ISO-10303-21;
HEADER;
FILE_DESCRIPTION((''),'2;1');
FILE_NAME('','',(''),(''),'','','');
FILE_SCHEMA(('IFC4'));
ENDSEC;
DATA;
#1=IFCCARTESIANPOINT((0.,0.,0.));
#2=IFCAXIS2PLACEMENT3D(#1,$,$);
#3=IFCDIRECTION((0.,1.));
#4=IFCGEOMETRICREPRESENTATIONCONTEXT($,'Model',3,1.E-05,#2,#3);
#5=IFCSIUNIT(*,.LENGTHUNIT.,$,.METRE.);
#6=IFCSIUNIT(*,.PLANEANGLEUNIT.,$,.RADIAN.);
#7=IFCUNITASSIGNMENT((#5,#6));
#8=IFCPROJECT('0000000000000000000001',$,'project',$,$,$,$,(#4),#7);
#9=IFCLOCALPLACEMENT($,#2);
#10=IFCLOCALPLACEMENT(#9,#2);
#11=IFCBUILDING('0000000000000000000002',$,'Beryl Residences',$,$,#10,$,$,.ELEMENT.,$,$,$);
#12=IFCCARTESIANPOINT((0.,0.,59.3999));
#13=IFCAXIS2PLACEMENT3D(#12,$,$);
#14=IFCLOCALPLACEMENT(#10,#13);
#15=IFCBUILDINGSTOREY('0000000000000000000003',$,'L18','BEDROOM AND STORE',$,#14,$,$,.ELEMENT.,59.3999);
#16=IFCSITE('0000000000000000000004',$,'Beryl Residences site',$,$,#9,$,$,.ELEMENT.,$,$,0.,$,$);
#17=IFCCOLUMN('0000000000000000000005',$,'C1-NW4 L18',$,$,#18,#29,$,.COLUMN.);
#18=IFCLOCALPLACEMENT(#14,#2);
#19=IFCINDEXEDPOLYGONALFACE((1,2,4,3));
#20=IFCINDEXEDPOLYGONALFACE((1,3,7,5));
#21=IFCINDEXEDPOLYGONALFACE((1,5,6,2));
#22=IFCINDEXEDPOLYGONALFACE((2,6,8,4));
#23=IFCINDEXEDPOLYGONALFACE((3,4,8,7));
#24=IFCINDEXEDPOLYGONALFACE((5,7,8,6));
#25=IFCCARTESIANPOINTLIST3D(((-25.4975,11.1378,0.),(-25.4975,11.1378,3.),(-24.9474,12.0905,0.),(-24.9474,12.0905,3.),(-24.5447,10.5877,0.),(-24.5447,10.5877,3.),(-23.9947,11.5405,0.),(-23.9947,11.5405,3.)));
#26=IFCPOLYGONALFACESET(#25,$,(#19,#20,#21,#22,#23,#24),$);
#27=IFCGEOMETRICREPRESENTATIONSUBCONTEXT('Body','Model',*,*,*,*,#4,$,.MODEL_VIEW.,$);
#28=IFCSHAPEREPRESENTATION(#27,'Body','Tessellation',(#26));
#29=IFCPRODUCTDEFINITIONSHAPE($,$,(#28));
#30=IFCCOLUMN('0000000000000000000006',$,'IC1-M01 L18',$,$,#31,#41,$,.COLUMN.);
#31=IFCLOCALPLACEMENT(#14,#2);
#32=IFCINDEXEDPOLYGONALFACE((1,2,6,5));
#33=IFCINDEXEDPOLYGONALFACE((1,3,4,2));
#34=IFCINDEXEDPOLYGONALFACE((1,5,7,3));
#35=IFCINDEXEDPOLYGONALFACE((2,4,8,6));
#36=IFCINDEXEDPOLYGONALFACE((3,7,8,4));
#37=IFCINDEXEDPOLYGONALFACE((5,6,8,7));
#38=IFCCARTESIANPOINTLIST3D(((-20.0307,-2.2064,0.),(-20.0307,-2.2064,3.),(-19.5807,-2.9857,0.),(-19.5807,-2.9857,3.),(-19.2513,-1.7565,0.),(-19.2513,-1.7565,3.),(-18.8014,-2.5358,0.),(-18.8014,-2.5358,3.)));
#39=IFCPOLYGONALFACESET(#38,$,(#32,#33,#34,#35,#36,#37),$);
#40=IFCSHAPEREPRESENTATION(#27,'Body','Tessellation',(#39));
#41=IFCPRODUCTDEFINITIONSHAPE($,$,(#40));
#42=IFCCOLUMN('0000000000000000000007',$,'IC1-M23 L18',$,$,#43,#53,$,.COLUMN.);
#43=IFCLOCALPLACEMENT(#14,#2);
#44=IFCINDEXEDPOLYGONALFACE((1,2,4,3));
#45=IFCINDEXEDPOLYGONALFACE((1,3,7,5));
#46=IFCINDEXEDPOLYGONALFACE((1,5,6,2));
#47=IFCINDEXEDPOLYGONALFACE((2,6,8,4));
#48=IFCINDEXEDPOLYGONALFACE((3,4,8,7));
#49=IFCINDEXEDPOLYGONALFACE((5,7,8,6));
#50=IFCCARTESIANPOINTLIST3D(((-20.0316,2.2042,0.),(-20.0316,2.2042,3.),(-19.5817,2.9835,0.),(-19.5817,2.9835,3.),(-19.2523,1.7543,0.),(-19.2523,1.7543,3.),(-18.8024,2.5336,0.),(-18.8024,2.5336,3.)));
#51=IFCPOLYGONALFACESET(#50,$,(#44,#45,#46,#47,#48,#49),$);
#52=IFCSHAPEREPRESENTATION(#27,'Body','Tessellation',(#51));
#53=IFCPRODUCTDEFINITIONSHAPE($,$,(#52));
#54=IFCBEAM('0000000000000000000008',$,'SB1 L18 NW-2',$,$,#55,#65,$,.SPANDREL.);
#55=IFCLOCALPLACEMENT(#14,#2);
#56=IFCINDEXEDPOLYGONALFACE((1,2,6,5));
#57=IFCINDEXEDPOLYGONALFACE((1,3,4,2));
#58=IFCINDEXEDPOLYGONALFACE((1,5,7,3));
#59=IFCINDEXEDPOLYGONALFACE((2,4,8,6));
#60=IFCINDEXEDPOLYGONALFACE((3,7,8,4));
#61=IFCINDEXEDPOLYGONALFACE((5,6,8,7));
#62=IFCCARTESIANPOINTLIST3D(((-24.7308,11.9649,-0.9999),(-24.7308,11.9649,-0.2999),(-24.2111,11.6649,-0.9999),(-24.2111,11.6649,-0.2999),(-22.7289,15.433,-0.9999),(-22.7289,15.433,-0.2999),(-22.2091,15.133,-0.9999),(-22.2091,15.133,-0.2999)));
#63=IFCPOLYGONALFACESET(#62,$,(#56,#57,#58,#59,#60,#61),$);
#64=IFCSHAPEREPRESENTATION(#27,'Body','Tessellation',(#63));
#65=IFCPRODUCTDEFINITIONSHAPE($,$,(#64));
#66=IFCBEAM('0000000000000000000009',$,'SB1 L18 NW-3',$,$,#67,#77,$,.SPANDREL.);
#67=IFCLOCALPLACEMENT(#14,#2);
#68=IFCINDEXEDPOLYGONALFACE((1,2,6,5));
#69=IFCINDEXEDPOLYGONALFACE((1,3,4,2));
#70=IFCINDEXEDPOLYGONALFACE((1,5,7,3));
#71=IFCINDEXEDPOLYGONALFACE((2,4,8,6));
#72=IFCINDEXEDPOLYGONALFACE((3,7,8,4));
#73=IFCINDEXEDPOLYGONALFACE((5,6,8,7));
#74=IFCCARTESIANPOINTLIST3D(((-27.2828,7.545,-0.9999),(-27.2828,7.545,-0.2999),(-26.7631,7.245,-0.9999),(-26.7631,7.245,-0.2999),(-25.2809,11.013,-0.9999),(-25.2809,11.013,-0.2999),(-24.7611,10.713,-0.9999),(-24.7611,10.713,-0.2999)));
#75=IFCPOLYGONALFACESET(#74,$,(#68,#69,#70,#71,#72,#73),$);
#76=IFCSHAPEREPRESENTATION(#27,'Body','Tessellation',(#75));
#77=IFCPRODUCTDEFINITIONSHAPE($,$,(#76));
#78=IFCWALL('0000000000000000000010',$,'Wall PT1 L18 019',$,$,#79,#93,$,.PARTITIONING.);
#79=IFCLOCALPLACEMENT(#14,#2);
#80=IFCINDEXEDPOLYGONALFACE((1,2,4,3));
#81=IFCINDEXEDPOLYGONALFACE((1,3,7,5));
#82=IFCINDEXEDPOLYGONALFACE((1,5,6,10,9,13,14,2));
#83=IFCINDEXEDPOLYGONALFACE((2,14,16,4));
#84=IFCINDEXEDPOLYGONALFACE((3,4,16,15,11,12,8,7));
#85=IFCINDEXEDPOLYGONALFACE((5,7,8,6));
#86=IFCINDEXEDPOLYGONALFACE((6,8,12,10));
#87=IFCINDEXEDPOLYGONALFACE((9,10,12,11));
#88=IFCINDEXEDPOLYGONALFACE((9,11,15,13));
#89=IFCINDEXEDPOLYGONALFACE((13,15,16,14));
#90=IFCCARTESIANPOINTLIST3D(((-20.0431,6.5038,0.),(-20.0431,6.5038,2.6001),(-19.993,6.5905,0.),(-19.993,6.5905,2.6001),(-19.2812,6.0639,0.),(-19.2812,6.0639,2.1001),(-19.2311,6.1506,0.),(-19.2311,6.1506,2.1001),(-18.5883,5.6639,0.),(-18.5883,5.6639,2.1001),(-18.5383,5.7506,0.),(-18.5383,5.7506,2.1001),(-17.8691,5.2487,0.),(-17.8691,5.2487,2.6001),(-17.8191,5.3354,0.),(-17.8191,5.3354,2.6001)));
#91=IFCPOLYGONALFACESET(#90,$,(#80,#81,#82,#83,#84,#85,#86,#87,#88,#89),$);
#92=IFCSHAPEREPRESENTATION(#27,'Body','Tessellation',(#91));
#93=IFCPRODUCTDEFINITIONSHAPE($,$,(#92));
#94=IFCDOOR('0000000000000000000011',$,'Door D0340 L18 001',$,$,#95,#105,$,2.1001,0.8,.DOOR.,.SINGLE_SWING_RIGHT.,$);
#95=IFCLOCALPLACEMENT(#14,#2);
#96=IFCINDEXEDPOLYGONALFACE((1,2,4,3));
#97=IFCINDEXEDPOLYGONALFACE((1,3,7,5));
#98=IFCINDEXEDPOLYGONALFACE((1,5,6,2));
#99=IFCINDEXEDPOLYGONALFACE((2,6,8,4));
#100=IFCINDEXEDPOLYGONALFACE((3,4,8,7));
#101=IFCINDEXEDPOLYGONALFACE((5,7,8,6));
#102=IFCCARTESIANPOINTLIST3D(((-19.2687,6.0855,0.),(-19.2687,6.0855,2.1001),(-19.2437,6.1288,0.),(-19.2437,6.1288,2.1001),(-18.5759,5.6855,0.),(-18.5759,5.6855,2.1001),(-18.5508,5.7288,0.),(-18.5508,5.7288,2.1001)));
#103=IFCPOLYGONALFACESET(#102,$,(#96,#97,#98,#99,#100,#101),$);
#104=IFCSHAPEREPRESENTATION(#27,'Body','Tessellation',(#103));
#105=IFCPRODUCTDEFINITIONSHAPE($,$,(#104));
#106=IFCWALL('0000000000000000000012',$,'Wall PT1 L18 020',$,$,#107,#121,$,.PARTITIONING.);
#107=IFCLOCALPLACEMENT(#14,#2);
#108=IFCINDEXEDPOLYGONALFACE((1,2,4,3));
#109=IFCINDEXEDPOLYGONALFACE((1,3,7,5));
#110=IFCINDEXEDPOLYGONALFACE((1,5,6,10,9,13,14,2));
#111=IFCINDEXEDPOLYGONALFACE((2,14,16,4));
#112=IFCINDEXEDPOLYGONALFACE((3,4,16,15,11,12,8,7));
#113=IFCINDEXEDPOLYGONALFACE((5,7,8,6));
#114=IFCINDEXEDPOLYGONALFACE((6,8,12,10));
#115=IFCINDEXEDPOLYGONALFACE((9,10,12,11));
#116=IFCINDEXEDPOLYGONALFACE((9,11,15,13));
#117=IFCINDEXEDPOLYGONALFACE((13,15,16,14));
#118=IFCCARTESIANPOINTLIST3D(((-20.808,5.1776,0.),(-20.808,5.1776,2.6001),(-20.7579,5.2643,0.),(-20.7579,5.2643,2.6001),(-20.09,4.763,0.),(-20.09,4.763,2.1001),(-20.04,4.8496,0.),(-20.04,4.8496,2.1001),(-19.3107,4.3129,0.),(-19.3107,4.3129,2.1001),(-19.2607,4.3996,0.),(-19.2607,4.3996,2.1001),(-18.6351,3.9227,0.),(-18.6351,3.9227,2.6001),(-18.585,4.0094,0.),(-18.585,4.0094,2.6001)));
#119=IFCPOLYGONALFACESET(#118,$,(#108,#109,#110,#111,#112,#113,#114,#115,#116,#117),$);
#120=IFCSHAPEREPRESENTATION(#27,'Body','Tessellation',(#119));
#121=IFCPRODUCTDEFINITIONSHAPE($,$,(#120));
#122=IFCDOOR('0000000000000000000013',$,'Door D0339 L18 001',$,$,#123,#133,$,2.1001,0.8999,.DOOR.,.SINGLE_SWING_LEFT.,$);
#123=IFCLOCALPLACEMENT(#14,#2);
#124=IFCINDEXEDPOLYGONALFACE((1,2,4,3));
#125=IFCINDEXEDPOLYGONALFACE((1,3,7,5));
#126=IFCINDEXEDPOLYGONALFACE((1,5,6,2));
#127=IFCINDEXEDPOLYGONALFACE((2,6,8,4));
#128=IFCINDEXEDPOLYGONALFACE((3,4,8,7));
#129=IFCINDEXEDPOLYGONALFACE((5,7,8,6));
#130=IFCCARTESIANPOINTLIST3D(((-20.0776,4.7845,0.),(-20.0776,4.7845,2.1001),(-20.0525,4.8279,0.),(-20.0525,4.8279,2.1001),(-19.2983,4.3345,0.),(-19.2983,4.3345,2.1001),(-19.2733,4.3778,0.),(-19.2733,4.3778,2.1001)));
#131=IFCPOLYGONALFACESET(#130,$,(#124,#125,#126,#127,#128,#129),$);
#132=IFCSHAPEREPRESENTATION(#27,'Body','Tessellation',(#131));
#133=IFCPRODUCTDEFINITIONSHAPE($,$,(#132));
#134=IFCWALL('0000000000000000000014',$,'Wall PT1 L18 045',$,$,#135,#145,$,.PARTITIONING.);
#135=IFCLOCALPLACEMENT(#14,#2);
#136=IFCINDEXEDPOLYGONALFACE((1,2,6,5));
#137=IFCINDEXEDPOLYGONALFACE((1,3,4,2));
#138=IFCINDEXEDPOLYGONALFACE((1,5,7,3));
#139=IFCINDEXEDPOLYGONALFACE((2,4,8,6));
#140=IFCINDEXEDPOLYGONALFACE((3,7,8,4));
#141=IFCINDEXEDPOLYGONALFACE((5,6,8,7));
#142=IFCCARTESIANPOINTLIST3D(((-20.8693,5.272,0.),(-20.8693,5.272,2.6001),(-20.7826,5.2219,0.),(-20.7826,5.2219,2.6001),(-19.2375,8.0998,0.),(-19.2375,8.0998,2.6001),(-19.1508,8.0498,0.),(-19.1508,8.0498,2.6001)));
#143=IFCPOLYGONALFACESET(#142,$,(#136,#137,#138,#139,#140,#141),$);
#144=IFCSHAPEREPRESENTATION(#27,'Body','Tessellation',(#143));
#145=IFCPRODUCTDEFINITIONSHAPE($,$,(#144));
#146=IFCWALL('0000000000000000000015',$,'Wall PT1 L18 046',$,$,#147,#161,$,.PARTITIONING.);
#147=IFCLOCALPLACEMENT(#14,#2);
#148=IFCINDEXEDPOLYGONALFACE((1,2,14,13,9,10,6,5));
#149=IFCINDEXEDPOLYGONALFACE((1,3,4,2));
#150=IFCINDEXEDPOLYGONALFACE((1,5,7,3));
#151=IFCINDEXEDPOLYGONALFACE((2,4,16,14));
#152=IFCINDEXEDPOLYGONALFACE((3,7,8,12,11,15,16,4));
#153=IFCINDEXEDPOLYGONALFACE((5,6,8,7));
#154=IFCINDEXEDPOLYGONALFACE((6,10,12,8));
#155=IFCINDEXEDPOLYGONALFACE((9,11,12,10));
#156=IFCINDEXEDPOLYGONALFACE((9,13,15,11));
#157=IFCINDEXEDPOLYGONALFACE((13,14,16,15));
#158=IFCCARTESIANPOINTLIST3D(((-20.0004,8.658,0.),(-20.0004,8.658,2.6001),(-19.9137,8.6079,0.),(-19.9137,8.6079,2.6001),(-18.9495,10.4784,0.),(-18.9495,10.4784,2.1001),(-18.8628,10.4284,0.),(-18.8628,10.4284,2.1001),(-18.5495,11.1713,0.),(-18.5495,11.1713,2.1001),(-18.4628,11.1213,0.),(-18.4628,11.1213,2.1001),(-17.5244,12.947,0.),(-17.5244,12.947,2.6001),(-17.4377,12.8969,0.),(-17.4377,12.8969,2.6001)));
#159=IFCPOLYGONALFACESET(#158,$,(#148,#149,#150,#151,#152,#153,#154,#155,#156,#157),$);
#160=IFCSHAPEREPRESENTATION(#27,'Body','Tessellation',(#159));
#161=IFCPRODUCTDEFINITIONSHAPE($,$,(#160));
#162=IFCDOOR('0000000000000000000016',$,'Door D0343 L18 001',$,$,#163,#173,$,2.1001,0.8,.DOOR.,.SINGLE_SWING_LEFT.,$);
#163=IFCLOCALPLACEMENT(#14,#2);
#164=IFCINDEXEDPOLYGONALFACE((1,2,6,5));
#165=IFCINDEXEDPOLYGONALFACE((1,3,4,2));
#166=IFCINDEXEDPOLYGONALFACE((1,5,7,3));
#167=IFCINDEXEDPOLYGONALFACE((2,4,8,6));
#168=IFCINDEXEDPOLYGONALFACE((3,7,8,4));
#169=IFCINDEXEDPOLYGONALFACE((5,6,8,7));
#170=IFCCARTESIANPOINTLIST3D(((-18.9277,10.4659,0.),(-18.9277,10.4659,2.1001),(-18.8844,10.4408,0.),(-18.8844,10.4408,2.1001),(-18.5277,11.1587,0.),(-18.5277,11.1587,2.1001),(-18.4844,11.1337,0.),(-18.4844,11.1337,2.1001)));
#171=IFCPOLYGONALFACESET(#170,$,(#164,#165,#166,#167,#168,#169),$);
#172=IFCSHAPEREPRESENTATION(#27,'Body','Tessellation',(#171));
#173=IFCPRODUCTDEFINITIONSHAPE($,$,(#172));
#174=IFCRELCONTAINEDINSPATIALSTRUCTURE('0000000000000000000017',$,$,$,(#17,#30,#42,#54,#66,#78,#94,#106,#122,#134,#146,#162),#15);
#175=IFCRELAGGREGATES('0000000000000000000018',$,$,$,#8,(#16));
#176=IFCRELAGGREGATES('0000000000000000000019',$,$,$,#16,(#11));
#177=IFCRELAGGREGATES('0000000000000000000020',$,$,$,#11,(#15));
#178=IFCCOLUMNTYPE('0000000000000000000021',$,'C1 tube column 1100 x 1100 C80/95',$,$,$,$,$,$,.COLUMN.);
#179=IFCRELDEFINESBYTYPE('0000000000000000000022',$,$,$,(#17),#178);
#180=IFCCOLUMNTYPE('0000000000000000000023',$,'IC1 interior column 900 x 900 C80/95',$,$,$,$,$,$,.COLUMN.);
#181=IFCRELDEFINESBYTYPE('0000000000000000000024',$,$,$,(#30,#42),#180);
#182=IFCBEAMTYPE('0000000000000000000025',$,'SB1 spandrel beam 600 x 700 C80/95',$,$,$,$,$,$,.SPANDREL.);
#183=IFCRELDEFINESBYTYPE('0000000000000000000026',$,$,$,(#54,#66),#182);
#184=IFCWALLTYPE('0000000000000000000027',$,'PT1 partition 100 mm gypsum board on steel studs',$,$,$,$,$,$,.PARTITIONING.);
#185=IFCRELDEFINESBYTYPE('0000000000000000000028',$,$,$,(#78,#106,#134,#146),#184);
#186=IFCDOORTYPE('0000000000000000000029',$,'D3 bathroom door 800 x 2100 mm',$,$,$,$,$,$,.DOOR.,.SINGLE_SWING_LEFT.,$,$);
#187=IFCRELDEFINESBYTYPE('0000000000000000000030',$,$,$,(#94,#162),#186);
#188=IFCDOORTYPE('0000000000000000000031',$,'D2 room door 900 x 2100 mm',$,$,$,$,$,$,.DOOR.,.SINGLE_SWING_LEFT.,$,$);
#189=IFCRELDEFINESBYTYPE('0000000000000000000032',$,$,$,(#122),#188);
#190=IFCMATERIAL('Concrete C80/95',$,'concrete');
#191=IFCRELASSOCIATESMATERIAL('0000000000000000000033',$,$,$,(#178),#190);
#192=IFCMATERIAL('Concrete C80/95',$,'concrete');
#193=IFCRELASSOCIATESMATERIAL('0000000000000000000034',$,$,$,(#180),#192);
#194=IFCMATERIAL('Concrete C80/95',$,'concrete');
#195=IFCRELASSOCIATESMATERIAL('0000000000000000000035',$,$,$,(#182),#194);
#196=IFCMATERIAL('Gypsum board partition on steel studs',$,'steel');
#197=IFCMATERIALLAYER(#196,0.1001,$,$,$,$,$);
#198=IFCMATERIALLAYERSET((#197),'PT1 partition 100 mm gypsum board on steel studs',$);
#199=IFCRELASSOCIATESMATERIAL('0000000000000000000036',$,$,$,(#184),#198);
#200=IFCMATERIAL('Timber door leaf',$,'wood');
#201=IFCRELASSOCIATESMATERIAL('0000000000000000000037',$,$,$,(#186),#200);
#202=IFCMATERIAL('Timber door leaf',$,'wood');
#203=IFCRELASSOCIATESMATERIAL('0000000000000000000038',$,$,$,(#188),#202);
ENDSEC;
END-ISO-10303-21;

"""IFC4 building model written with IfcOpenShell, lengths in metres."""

from ifc_helpers import new_model, si_unit, direction, frame, frame_2d, origin, origin_2d, place, context, subcontext, project, spatial, rectangle, extrude, material, layer, layer_set, material_profile, profile_set, type_object, element, fill, save


model = new_model("IFC4")

# Units and contexts
model_context = context("Model", 3, precision=1e-05, world=origin(), true_north=direction((0.0, 1.0)))
body_context = subcontext(model_context, "Body", "Model", "MODEL_VIEW")
ifc_project = project(units=[si_unit("LENGTHUNIT", "METRE"), si_unit("PLANEANGLEUNIT", "RADIAN")], contexts=[model_context])

# Site, building, storey
site_placement = place(None, origin())
site = spatial("IfcSite", under=ifc_project, at=site_placement, Name="Beryl Residences site", CompositionType="ELEMENT", RefElevation=0.0)
building_placement = place(site_placement, origin())
building = spatial("IfcBuilding", under=site, at=building_placement, Name="Beryl Residences", CompositionType="ELEMENT")
storey_placement = place(building_placement, frame((0.0, 0.0, 59.3999)))
storey = spatial("IfcBuildingStorey", under=building, at=storey_placement, Name="L18", Description="BEDROOM AND STORE", CompositionType="ELEMENT", Elevation=59.3999)

# Columns
ifc_material_1 = material(Name="Concrete C80/95", Category="concrete")
ifc_material_profile_1 = material_profile(ifc_material_1, rectangle(XDim=1.1001, YDim=1.1001, at=origin_2d()))
ifc_profile_set_1 = profile_set([ifc_material_profile_1], Name="Concrete C80/95")
column_type_1 = type_object("IfcColumnType", Name="C1 tube column 1100 x 1100 C80/95", PredefinedType="COLUMN", material=ifc_profile_set_1)
column_placement = place(storey_placement, frame((-24.7461, 11.3391, 0.0), z_axis=(0.0, 0.0, 1.0), x_axis=(-0.499985, -0.866034, 0.0)))
element("IfcColumn", 1, at=column_placement, inside=storey, type_object=column_type_1, Name="C1-NW4 L18", PredefinedType="COLUMN", context=body_context, shape_type="SweptSolid", body=[
    extrude(rectangle(XDim=1.1001, YDim=1.1001, at=origin_2d()), origin(), (0.0, 0.0, 1.0), 3.0),
])
ifc_material_2 = material(Name="Concrete C80/95", Category="concrete")
ifc_material_profile_2 = material_profile(ifc_material_2, rectangle(XDim=0.8999, YDim=0.8999, at=origin_2d()))
ifc_profile_set_2 = profile_set([ifc_material_profile_2], Name="Concrete C80/95")
column_type_2 = type_object("IfcColumnType", Name="IC1 interior column 900 x 900 C80/95", PredefinedType="COLUMN", material=ifc_profile_set_2)
for number, where, z_axis, x_axis, name in (
    (2, (-19.416, -2.3711, 0.0), (0.0, 0.0, 1.0), (0.499985, -0.866034, 0.0), "IC1-M01 L18"),
    (3, (-19.417, 2.3689, 0.0), (0.0, 0.0, 1.0), (-0.499985, -0.866034, 0.0), "IC1-M23 L18"),
):
    element("IfcColumn", number, at=place(storey_placement, frame(where, z_axis=z_axis, x_axis=x_axis)), inside=storey, type_object=column_type_2, Name=name, PredefinedType="COLUMN", context=body_context, shape_type="SweptSolid", body=[
        extrude(rectangle(XDim=0.8999, YDim=0.8999, at=origin_2d()), origin(), (0.0, 0.0, 1.0), 3.0),
    ])

# Beams
ifc_material_3 = material(Name="Concrete C80/95", Category="concrete")
ifc_material_profile_3 = material_profile(ifc_material_3, rectangle(XDim=0.6001, YDim=0.7, at=origin_2d()))
ifc_profile_set_3 = profile_set([ifc_material_profile_3], Name="Concrete C80/95")
beam_type = type_object("IfcBeamType", Name="SB1 spandrel beam 600 x 700 C80/95", PredefinedType="SPANDREL", material=ifc_profile_set_3)
for number, where, z_axis, x_axis, name in (
    (4, (-22.469, 15.283, -0.6499), (-0.499942, -0.866059, 0.0), (0.866059, -0.499942, 0.0), "SB1 L18 NW-2"),
    (5, (-25.021, 10.863, -0.6499), (-0.499942, -0.866059, 0.0), (0.866059, -0.499942, 0.0), "SB1 L18 NW-3"),
):
    element("IfcBeam", number, at=place(storey_placement, frame(where, z_axis=z_axis, x_axis=x_axis)), inside=storey, type_object=beam_type, Name=name, PredefinedType="SPANDREL", context=body_context, shape_type="SweptSolid", body=[
        extrude(rectangle(XDim=0.6001, YDim=0.7, at=origin_2d()), origin(), (0.0, 0.0, 1.0), 4.0044),
    ])

# Walls, openings, doors
ifc_material_4 = material(Name="Gypsum board partition on steel studs", Category="steel")
ifc_layer_1 = layer(ifc_material_4, 0.1001)
ifc_layer_set_1 = layer_set([ifc_layer_1], Name="PT1 partition 100 mm gypsum board on steel studs")
wall_type_1 = type_object("IfcWallType", Name="PT1 partition 100 mm gypsum board on steel studs", PredefinedType="PARTITIONING", material=ifc_layer_set_1)
wall_1_placement = place(storey_placement, frame((-20.0181, 6.5471, 0.0), z_axis=(0.0, 0.0, 1.0), x_axis=(0.866038, -0.499978, 0.0)))
wall_1 = element("IfcWall", 6, at=wall_1_placement, inside=storey, type_object=wall_type_1, Name="Wall PT1 L18 019", PredefinedType="PARTITIONING", context=body_context, shape_type="SweptSolid", body=[
    extrude(rectangle(XDim=2.5103, YDim=0.1001, at=frame_2d((1.2551, 0.0))), origin(), (0.0, 0.0, 1.0), 2.6001),
])
opening_1_placement = place(wall_1_placement, frame((0.8799, 0.0, 0.0)))
opening_1 = element("IfcOpeningElement", 7, at=opening_1_placement, cuts=wall_1, PredefinedType="OPENING", context=body_context, shape_type="SweptSolid", body=[
    extrude(rectangle(XDim=0.8, YDim=2.1001, at=frame_2d((0.3999, 1.05))), frame((0.0, 0.0601, 0.0), z_axis=(0.0, -1.0, 0.0), x_axis=(1.0, 0.0, 0.0)), (0.0, 0.0, 1.0), 0.1201),
])
ifc_material_5 = material(Name="Timber door leaf", Category="wood")
door_type_1 = type_object("IfcDoorType", Name="D3 bathroom door 800 x 2100 mm", OperationType="SINGLE_SWING_LEFT", PredefinedType="DOOR", material=ifc_material_5)
door_1_placement = place(opening_1_placement, origin())
door_1 = element("IfcDoor", 8, at=door_1_placement, inside=storey, type_object=door_type_1, Name="Door D0340 L18 001", OperationType="SINGLE_SWING_RIGHT", OverallHeight=2.1001, OverallWidth=0.8, PredefinedType="DOOR", context=body_context, shape_type="SweptSolid", body=[
    extrude(rectangle(XDim=0.8, YDim=2.1001, at=frame_2d((0.3999, 1.05))), frame((0.0, 0.0249, 0.0), z_axis=(0.0, -1.0, 0.0), x_axis=(1.0, 0.0, 0.0)), (0.0, 0.0, 1.0), 0.05),
])
fill(opening_1, door_1)
wall_2_placement = place(storey_placement, frame((-20.783, 5.2209, 0.0), z_axis=(0.0, 0.0, 1.0), x_axis=(0.865959, -0.500115, 0.0)))
wall_2 = element("IfcWall", 9, at=wall_2_placement, inside=storey, type_object=wall_type_1, Name="Wall PT1 L18 020", PredefinedType="PARTITIONING", context=body_context, shape_type="SweptSolid", body=[
    extrude(rectangle(XDim=2.5093, YDim=0.1001, at=frame_2d((1.2546, 0.0))), origin(), (0.0, 0.0, 1.0), 2.6001),
])
opening_2_placement = place(wall_2_placement, frame((0.8291, 0.0, 0.0)))
opening_2 = element("IfcOpeningElement", 10, at=opening_2_placement, cuts=wall_2, PredefinedType="OPENING", context=body_context, shape_type="SweptSolid", body=[
    extrude(rectangle(XDim=0.8999, YDim=2.1001, at=frame_2d((0.45, 1.05))), frame((0.0, 0.0601, 0.0), z_axis=(0.0, -1.0, 0.0), x_axis=(1.0, 0.0, 0.0)), (0.0, 0.0, 1.0), 0.1201),
])
ifc_material_6 = material(Name="Timber door leaf", Category="wood")
door_type_2 = type_object("IfcDoorType", Name="D2 room door 900 x 2100 mm", OperationType="SINGLE_SWING_LEFT", PredefinedType="DOOR", material=ifc_material_6)
door_2_placement = place(opening_2_placement, origin())
door_2 = element("IfcDoor", 11, at=door_2_placement, inside=storey, type_object=door_type_2, Name="Door D0339 L18 001", OperationType="SINGLE_SWING_LEFT", OverallHeight=2.1001, OverallWidth=0.8999, PredefinedType="DOOR", context=body_context, shape_type="SweptSolid", body=[
    extrude(rectangle(XDim=0.8999, YDim=2.1001, at=frame_2d((0.45, 1.05))), frame((0.0, 0.0249, 0.0), z_axis=(0.0, -1.0, 0.0), x_axis=(1.0, 0.0, 0.0)), (0.0, 0.0, 1.0), 0.05),
])
fill(opening_2, door_2)

# Wall
wall_3_placement = place(storey_placement, frame((-20.8259, 5.2471, 0.0), z_axis=(0.0, 0.0, 1.0), x_axis=(0.499807, 0.866137, 0.0)))
element("IfcWall", 12, at=wall_3_placement, inside=storey, type_object=wall_type_1, Name="Wall PT1 L18 045", PredefinedType="PARTITIONING", context=body_context, shape_type="SweptSolid", body=[
    extrude(rectangle(XDim=3.2649, YDim=0.1001, at=frame_2d((1.6323, 0.0))), origin(), (0.0, 0.0, 1.0), 2.6001),
])

# Wall, opening, door
wall_4_placement = place(storey_placement, frame((-19.957, 8.6331, 0.0), z_axis=(0.0, 0.0, 1.0), x_axis=(0.499967, 0.866044, 0.0)))
wall_4 = element("IfcWall", 13, at=wall_4_placement, inside=storey, type_object=wall_type_1, Name="Wall PT1 L18 046", PredefinedType="PARTITIONING", context=body_context, shape_type="SweptSolid", body=[
    extrude(rectangle(XDim=4.9524, YDim=0.1001, at=frame_2d((2.4761, 0.0))), origin(), (0.0, 0.0, 1.0), 2.6001),
])
opening_3_placement = place(wall_4_placement, frame((2.1021, 0.0, 0.0)))
opening_3 = element("IfcOpeningElement", 14, at=opening_3_placement, cuts=wall_4, PredefinedType="OPENING", context=body_context, shape_type="SweptSolid", body=[
    extrude(rectangle(XDim=0.8, YDim=2.1001, at=frame_2d((0.3999, 1.05))), frame((0.0, 0.0601, 0.0), z_axis=(0.0, -1.0, 0.0), x_axis=(1.0, 0.0, 0.0)), (0.0, 0.0, 1.0), 0.1201),
])
door_3_placement = place(opening_3_placement, origin())
door_3 = element("IfcDoor", 15, at=door_3_placement, inside=storey, type_object=door_type_1, Name="Door D0343 L18 001", OperationType="SINGLE_SWING_LEFT", OverallHeight=2.1001, OverallWidth=0.8, PredefinedType="DOOR", context=body_context, shape_type="SweptSolid", body=[
    extrude(rectangle(XDim=0.8, YDim=2.1001, at=frame_2d((0.3999, 1.05))), frame((0.0, 0.0249, 0.0), z_axis=(0.0, -1.0, 0.0), x_axis=(1.0, 0.0, 0.0)), (0.0, 0.0, 1.0), 0.05),
])
fill(opening_3, door_3)

save(model, "model.ifc")
